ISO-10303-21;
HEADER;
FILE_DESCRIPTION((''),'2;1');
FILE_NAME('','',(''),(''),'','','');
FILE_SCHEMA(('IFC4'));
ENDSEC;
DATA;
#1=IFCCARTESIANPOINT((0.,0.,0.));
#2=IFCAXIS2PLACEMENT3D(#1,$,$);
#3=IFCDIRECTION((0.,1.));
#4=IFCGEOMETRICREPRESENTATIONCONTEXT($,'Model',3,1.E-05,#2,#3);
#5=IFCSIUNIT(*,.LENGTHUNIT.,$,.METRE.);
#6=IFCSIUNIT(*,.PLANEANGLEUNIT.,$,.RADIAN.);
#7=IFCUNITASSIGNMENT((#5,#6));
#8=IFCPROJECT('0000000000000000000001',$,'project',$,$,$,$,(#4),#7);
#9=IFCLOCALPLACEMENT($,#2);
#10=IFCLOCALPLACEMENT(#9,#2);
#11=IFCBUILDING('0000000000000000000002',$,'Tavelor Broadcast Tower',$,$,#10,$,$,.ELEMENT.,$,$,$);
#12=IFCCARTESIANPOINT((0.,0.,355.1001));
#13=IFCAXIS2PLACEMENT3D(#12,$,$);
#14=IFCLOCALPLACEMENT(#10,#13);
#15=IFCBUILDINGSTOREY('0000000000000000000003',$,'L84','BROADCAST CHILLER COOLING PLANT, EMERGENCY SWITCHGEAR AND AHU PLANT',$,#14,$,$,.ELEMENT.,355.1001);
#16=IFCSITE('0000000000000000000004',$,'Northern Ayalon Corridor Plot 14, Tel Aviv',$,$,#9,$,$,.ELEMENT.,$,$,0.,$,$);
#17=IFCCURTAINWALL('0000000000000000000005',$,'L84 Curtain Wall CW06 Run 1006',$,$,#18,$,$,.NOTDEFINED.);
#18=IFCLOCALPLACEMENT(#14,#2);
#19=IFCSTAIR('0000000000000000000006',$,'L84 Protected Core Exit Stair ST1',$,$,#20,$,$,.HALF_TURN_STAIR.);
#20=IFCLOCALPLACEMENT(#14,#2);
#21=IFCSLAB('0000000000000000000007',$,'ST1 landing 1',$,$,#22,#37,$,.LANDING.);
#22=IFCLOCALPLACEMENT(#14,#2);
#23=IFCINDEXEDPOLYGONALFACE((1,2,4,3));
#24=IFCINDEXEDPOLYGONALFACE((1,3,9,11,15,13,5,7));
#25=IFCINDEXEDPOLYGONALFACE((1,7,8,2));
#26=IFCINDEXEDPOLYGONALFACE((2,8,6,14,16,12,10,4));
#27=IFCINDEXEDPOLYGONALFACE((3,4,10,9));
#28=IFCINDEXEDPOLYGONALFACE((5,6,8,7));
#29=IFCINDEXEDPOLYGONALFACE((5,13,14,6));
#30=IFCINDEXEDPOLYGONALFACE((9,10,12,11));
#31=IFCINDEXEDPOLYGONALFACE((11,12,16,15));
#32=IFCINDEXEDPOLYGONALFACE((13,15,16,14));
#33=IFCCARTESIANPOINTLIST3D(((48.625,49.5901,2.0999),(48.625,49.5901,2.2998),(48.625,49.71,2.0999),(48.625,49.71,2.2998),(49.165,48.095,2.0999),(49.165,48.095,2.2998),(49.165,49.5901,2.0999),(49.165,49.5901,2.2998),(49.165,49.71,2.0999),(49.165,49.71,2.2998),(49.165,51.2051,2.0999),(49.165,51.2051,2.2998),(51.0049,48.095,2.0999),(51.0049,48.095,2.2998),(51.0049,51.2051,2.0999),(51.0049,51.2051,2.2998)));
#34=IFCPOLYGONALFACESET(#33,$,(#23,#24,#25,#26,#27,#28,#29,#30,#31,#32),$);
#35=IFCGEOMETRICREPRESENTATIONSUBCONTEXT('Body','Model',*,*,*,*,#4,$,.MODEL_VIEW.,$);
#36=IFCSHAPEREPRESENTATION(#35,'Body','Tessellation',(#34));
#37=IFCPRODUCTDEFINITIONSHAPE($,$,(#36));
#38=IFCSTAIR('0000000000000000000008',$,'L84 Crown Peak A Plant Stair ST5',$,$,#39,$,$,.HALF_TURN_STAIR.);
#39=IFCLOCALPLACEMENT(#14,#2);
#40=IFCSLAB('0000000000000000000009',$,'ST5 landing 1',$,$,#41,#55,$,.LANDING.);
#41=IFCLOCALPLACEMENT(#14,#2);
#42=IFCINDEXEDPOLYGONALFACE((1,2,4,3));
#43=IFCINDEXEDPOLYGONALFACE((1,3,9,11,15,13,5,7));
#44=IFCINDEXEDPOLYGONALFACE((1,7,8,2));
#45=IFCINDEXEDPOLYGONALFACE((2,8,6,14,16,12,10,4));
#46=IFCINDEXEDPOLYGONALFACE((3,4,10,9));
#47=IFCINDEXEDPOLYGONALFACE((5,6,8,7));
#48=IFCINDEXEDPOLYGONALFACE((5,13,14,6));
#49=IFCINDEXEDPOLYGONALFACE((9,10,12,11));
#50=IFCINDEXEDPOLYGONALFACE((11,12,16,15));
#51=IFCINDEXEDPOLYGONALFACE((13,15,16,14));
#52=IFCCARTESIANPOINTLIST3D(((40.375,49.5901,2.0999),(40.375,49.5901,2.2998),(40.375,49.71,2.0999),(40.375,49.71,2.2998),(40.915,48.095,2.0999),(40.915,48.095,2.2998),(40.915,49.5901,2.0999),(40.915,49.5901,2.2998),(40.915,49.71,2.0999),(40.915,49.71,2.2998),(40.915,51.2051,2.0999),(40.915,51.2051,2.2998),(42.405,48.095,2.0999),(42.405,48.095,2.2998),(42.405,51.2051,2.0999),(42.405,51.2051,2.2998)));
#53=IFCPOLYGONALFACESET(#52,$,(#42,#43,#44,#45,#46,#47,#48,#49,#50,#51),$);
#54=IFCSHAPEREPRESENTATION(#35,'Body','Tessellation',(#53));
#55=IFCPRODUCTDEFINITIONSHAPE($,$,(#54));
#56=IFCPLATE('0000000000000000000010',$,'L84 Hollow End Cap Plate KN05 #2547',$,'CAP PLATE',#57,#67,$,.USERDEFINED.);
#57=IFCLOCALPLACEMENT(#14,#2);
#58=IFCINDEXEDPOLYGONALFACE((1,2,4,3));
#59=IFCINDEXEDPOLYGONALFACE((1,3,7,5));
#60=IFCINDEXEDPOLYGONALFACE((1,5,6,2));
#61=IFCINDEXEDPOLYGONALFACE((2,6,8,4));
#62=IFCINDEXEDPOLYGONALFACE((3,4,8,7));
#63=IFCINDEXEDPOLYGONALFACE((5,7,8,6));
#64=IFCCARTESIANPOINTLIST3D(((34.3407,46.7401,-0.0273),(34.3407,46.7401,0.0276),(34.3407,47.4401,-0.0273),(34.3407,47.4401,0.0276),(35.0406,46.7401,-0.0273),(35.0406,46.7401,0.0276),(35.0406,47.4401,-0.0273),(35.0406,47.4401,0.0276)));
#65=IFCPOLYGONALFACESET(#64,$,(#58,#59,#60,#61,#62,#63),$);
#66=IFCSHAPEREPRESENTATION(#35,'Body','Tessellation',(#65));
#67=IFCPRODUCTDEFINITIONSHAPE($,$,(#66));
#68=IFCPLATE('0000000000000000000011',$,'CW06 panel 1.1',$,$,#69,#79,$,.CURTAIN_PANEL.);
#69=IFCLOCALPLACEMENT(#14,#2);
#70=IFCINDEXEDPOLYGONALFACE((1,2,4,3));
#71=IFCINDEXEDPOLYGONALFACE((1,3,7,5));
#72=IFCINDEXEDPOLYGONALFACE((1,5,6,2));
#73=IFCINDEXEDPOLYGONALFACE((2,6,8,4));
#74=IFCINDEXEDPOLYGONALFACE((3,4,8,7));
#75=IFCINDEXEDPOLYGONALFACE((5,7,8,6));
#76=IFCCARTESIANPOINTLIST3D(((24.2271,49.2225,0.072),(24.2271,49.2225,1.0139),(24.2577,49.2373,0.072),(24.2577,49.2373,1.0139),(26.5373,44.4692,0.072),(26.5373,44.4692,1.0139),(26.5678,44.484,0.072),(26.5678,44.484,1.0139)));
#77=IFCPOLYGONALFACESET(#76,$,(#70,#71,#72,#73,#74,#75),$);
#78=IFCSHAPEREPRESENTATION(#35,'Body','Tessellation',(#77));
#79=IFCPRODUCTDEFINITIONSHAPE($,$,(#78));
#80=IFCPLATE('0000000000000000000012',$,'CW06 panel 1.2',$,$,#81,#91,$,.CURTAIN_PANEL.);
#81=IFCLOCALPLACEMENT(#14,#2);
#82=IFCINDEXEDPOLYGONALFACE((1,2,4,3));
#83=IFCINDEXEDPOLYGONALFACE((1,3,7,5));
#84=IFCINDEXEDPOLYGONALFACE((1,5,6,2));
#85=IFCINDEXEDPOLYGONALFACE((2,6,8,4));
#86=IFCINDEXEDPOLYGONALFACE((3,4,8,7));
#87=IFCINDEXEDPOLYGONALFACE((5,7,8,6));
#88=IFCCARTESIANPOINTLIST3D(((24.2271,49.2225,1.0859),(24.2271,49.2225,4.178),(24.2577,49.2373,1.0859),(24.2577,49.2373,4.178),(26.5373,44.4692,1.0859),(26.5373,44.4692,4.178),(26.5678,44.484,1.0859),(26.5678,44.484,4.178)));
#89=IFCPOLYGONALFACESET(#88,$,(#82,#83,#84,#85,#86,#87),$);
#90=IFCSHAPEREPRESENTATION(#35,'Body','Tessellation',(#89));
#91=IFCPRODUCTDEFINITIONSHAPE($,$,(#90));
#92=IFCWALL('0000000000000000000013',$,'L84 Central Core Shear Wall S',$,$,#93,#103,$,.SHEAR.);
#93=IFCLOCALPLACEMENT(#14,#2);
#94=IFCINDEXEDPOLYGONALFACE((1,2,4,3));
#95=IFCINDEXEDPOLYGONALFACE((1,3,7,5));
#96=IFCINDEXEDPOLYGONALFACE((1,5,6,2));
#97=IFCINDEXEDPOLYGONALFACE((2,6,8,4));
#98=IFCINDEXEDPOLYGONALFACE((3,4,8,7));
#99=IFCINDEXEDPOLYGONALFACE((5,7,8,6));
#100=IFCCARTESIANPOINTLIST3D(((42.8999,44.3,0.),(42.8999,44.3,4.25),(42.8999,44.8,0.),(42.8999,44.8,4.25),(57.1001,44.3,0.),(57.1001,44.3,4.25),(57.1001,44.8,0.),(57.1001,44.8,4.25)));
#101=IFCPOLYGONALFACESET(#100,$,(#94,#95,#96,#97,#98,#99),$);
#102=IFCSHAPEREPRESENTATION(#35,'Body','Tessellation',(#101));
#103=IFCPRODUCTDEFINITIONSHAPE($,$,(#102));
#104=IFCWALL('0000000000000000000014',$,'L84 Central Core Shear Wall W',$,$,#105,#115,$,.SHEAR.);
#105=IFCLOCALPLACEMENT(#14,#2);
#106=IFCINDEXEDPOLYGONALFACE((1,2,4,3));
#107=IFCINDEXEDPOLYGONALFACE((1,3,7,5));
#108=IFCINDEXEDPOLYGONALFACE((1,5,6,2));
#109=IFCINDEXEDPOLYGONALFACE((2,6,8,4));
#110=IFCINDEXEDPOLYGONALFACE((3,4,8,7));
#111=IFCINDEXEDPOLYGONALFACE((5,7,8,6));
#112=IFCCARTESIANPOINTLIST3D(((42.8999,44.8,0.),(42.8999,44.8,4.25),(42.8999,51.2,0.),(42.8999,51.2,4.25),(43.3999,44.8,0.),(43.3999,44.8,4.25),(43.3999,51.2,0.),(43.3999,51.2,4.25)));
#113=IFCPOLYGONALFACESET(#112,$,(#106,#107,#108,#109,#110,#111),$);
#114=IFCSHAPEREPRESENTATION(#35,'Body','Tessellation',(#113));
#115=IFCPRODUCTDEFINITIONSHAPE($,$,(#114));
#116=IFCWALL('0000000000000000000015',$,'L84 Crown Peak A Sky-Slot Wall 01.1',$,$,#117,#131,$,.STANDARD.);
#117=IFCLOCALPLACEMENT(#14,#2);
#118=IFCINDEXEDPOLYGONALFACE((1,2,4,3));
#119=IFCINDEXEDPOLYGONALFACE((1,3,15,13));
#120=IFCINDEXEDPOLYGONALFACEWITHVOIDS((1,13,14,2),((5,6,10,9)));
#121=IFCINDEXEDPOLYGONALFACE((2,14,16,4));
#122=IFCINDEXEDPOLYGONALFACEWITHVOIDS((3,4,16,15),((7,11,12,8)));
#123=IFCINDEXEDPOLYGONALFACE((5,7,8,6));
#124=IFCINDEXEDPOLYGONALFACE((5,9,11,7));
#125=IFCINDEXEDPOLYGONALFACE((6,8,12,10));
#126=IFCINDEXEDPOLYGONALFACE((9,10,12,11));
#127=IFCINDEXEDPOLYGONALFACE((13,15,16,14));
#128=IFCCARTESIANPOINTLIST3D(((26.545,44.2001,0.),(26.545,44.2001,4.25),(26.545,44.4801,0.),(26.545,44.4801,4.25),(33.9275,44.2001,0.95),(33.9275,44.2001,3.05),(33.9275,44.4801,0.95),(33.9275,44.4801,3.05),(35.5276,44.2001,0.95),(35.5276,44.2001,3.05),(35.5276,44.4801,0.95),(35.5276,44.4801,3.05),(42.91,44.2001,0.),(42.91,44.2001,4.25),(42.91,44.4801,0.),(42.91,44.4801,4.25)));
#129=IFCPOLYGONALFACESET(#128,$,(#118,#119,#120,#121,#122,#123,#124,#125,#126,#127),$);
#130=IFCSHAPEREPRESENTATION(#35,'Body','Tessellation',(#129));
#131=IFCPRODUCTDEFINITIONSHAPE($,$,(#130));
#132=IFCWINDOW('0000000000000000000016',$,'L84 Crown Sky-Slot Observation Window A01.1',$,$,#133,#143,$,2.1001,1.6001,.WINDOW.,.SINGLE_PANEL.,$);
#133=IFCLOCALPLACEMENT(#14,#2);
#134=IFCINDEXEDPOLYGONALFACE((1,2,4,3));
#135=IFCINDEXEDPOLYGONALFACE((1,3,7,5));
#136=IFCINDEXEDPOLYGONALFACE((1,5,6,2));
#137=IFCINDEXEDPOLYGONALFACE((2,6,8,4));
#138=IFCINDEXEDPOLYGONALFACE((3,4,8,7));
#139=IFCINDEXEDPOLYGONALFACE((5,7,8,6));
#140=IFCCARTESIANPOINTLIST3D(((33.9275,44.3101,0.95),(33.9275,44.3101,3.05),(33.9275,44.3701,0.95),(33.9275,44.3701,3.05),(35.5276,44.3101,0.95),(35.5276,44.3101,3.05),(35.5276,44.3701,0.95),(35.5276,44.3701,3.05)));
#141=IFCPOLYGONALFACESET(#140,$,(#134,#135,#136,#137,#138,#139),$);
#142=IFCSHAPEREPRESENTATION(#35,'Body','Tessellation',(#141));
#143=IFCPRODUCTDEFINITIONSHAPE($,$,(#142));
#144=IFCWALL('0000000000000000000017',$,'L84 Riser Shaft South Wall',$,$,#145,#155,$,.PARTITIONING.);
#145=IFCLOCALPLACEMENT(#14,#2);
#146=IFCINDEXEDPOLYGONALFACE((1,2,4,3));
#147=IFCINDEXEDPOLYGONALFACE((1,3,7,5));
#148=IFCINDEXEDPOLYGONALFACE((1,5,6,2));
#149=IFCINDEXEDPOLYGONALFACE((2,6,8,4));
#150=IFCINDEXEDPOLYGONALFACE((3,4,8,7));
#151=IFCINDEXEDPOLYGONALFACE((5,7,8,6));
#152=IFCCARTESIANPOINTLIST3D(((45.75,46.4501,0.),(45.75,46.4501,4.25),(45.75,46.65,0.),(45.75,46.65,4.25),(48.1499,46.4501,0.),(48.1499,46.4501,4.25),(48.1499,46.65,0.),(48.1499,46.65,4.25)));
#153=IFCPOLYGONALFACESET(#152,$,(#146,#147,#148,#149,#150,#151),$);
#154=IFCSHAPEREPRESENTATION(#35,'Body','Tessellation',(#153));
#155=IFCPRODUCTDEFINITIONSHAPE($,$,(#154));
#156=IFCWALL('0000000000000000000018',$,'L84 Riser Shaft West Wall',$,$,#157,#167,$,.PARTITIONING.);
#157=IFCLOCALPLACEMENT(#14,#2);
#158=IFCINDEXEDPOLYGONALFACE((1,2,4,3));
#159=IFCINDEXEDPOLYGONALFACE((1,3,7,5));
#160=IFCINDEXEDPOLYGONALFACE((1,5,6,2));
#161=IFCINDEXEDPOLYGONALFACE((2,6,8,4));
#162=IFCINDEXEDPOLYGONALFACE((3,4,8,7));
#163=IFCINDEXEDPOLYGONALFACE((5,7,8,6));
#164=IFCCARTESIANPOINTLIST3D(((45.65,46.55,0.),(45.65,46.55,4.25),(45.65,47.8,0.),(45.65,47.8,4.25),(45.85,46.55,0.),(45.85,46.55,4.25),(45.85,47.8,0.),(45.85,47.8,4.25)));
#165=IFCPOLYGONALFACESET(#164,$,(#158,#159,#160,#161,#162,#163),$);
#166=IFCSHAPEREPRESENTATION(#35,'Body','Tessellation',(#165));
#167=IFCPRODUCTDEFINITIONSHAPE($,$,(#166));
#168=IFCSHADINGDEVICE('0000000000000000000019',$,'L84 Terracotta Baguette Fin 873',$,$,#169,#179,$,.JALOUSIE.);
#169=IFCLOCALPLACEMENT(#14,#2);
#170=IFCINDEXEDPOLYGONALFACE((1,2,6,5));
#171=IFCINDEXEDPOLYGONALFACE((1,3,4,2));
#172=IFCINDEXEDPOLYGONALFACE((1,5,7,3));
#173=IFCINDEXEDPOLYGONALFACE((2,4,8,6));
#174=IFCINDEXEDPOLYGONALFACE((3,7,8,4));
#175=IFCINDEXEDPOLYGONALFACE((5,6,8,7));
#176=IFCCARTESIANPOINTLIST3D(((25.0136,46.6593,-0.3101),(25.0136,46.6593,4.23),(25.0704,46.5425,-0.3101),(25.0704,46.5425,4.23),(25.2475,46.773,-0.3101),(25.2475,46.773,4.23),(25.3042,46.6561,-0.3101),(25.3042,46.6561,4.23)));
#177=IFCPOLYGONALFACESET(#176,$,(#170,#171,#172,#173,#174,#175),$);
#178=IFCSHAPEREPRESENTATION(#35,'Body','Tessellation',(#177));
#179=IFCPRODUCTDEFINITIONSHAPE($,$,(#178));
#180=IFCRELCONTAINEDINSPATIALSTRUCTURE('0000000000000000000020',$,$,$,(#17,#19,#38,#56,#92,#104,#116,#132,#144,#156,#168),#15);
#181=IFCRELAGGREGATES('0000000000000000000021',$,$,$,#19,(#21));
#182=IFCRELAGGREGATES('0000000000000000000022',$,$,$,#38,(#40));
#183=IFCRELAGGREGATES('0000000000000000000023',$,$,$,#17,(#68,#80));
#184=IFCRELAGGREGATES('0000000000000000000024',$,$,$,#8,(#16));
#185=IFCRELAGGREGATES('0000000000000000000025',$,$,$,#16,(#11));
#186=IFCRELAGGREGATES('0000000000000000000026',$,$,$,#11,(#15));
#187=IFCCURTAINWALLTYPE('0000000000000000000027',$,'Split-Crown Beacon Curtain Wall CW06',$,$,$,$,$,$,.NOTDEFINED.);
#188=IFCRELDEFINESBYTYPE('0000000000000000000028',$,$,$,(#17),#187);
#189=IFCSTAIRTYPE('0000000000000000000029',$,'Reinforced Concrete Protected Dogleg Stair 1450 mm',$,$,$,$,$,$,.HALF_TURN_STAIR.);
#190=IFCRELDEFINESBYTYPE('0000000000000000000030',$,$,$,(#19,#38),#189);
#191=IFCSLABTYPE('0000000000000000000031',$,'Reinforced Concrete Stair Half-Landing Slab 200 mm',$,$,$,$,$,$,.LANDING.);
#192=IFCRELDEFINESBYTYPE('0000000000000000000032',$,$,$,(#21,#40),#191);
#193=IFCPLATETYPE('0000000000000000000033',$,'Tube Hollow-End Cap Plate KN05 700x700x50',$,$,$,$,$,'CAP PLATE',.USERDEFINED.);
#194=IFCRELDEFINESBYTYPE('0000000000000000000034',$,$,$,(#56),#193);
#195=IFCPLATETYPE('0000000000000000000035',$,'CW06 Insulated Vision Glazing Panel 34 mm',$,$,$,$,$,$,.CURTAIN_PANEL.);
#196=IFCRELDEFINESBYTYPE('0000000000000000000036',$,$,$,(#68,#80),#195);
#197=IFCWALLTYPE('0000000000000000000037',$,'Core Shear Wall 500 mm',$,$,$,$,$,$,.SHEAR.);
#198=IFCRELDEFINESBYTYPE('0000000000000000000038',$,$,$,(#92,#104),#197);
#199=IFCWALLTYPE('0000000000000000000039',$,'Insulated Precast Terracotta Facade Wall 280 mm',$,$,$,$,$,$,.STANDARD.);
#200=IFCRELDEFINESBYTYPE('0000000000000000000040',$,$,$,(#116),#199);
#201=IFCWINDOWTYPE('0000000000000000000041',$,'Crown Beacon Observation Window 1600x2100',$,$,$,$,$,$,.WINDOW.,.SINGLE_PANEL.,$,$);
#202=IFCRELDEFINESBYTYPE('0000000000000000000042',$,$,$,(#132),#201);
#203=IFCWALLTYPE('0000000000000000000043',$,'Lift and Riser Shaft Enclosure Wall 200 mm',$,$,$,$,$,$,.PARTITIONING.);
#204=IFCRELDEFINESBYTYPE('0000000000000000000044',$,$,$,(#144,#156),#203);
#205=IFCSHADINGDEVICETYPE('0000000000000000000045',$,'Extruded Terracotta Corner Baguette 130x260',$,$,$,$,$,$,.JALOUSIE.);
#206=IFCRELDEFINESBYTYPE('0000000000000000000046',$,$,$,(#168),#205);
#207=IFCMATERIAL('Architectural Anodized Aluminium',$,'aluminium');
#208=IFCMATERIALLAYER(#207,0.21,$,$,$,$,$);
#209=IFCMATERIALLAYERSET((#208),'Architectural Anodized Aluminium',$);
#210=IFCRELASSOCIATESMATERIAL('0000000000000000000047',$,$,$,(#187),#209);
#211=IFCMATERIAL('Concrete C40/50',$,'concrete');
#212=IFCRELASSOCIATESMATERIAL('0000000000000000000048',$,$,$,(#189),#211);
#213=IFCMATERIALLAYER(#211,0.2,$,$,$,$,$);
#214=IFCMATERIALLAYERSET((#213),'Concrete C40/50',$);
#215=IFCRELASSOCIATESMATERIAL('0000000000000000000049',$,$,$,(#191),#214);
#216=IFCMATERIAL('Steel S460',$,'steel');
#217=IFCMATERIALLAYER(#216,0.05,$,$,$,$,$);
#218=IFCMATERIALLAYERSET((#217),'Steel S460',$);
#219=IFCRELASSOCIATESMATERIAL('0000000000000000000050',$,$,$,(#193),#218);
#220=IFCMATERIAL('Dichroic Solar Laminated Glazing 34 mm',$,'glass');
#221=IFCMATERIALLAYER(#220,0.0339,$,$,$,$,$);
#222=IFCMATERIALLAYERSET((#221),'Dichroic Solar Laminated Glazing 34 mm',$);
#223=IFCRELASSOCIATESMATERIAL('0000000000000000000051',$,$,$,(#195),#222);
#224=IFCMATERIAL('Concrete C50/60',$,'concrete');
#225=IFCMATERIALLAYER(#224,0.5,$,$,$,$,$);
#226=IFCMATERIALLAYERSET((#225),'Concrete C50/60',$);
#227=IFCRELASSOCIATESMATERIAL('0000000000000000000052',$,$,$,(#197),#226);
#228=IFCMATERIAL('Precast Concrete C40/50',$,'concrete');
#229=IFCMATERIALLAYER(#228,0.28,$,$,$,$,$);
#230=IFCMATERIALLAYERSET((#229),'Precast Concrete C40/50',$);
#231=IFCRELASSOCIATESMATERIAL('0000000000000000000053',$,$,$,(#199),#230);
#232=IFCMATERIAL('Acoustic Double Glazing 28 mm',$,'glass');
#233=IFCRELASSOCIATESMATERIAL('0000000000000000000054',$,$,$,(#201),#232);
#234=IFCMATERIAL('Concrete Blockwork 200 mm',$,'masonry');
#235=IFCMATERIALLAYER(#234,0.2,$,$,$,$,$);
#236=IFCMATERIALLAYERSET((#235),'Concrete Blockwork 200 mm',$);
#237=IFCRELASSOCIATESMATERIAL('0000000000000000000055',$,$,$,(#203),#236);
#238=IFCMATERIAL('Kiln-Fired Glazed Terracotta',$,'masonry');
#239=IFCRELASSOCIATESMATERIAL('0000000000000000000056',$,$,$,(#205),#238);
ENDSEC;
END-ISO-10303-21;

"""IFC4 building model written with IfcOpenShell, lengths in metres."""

from ifc_helpers import new_model, si_unit, direction, frame, frame_2d, origin, origin_2d, place, context, subcontext, project, spatial, polyline, rectangle, outline, extrude, source, transform, mapped, material, layer, layer_set, type_object, type_shapes, element, fill, aggregate, save


model = new_model("IFC4")

# Units and contexts
model_context = context("Model", 3, precision=1e-05, world=origin(), true_north=direction((0.0, 1.0)))
body_context = subcontext(model_context, "Body", "Model", "MODEL_VIEW")
ifc_project = project(units=[si_unit("LENGTHUNIT", "METRE"), si_unit("PLANEANGLEUNIT", "RADIAN")], contexts=[model_context])

# Site, building, storey
site_placement = place(None, origin())
site = spatial("IfcSite", under=ifc_project, at=site_placement, Name="Northern Ayalon Corridor Plot 14, Tel Aviv", CompositionType="ELEMENT", RefElevation=0.0)
building_placement = place(site_placement, origin())
building = spatial("IfcBuilding", under=site, at=building_placement, Name="Tavelor Broadcast Tower", CompositionType="ELEMENT")
storey_placement = place(building_placement, frame((0.0, 0.0, 355.1001)))
storey = spatial("IfcBuildingStorey", under=building, at=storey_placement, Name="L84", Description="BROADCAST CHILLER COOLING PLANT, EMERGENCY SWITCHGEAR AND AHU PLANT", CompositionType="ELEMENT", Elevation=355.1001)

# Shared definitions
ifc_material_1 = material(Name="Concrete C50/60", Category="concrete")

# Shared definitions
ifc_material_2 = material(Name="Concrete C40/50", Category="concrete")
ifc_material_3 = material(Name="Steel S460", Category="steel")

# Curtain wall
ifc_material_4 = material(Name="Architectural Anodized Aluminium", Category="aluminium")
ifc_layer_1 = layer(ifc_material_4, 0.21)
ifc_layer_set_1 = layer_set([ifc_layer_1], Name="Architectural Anodized Aluminium")
curtain_wall_type = type_object("IfcCurtainWallType", Name="Split-Crown Beacon Curtain Wall CW06", PredefinedType="NOTDEFINED", material=ifc_layer_set_1)
curtain_wall_placement = place(storey_placement, origin())
curtain_wall = element("IfcCurtainWall", 1, at=curtain_wall_placement, inside=storey, type_object=curtain_wall_type, Name="L84 Curtain Wall CW06 Run 1006", PredefinedType="NOTDEFINED")

# Stairs, slabs
stair_type = type_object("IfcStairType", Name="Reinforced Concrete Protected Dogleg Stair 1450 mm", PredefinedType="HALF_TURN_STAIR", material=ifc_material_2)
stair_1_placement = place(storey_placement, origin())
stair_1 = element("IfcStair", 2, at=stair_1_placement, inside=storey, type_object=stair_type, Name="L84 Protected Core Exit Stair ST1", PredefinedType="HALF_TURN_STAIR")
ifc_layer_2 = layer(ifc_material_2, 0.2)
ifc_layer_set_2 = layer_set([ifc_layer_2], Name="Concrete C40/50")
slab_type_1 = type_object("IfcSlabType", Name="Reinforced Concrete Stair Half-Landing Slab 200 mm", PredefinedType="LANDING", material=ifc_layer_set_2)
slab_1_placement = place(storey_placement, frame((0.0, 0.0, 2.0999)))
slab_1 = element("IfcSlab", 3, at=slab_1_placement, type_object=slab_type_1, Name="ST1 landing 1", PredefinedType="LANDING", context=body_context, shape_type="SweptSolid", body=[
    extrude(outline(polyline([(49.165, 49.5901), (49.165, 48.095), (51.0049, 48.095), (51.0049, 51.2051), (49.165, 51.2051), (49.165, 49.71), (48.625, 49.71), (48.625, 49.5901), (49.165, 49.5901)])), origin(), (0.0, 0.0, 1.0), 0.2),
])
aggregate(stair_1, [slab_1])
stair_2_placement = place(storey_placement, origin())
stair_2 = element("IfcStair", 4, at=stair_2_placement, inside=storey, type_object=stair_type, Name="L84 Crown Peak A Plant Stair ST5", PredefinedType="HALF_TURN_STAIR")
slab_2_placement = place(storey_placement, frame((0.0, 0.0, 2.0999)))
slab_2 = element("IfcSlab", 5, at=slab_2_placement, type_object=slab_type_1, Name="ST5 landing 1", PredefinedType="LANDING", context=body_context, shape_type="SweptSolid", body=[
    extrude(outline(polyline([(40.915, 49.5901), (40.915, 48.095), (42.405, 48.095), (42.405, 51.2051), (40.915, 51.2051), (40.915, 49.71), (40.375, 49.71), (40.375, 49.5901), (40.915, 49.5901)])), origin(), (0.0, 0.0, 1.0), 0.2),
])
aggregate(stair_2, [slab_2])

# Plates
ifc_layer_3 = layer(ifc_material_3, 0.05)
ifc_layer_set_3 = layer_set([ifc_layer_3], Name="Steel S460")
plate_type_1 = type_object("IfcPlateType", Name="Tube Hollow-End Cap Plate KN05 700x700x50", ElementType="CAP PLATE", PredefinedType="USERDEFINED", material=ifc_layer_set_3)
shared_shape_1 = source(origin(), body_context, "Body", "SweptSolid", [
    extrude(rectangle(XDim=0.7, YDim=0.7, at=origin_2d()), origin(), (0.0, 0.0, 1.0), 0.0549),
])
type_shapes(plate_type_1, [shared_shape_1])
plate_1_placement = place(storey_placement, frame((34.6907, 47.0901, -0.0273), z_axis=(0.0, 0.0, 1.0), x_axis=(1.0, 0.0, 0.0)))
element("IfcPlate", 6, at=plate_1_placement, inside=storey, type_object=plate_type_1, Name="L84 Hollow End Cap Plate KN05 #2547", ObjectType="CAP PLATE", PredefinedType="USERDEFINED", context=body_context, shape_type="MappedRepresentation", body=[
    mapped(shared_shape_1, transform((0.0, 0.0, 0.0), scale=1.0)),
])
ifc_material_5 = material(Name="Dichroic Solar Laminated Glazing 34 mm", Category="glass")
ifc_layer_4 = layer(ifc_material_5, 0.0339)
ifc_layer_set_4 = layer_set([ifc_layer_4], Name="Dichroic Solar Laminated Glazing 34 mm")
plate_type_2 = type_object("IfcPlateType", Name="CW06 Insulated Vision Glazing Panel 34 mm", PredefinedType="CURTAIN_PANEL", material=ifc_layer_set_4)
shared_shape_2 = source(origin(), body_context, "Body", "SweptSolid", [
    extrude(rectangle(XDim=5.2849, YDim=0.0339, at=origin_2d()), origin(), (0.0, 0.0, 1.0), 0.9419),
])
plate_2_placement = place(storey_placement, frame((25.3975, 46.8533, 0.072), z_axis=(0.0, 0.0, 1.0), x_axis=(0.437113, -0.899407, 0.0)))
plate_2 = element("IfcPlate", 7, at=plate_2_placement, type_object=plate_type_2, Name="CW06 panel 1.1", PredefinedType="CURTAIN_PANEL", context=body_context, shape_type="MappedRepresentation", body=[
    mapped(shared_shape_2, transform((0.0, 0.0, 0.0), scale=1.0)),
])
shared_shape_3 = source(origin(), body_context, "Body", "SweptSolid", [
    extrude(rectangle(XDim=5.2849, YDim=0.0339, at=origin_2d()), origin(), (0.0, 0.0, 1.0), 3.092),
])
type_shapes(plate_type_2, [shared_shape_2, shared_shape_3])
plate_3_placement = place(storey_placement, frame((25.3975, 46.8533, 1.0859), z_axis=(0.0, 0.0, 1.0), x_axis=(0.437113, -0.899407, 0.0)))
plate_3 = element("IfcPlate", 8, at=plate_3_placement, type_object=plate_type_2, Name="CW06 panel 1.2", PredefinedType="CURTAIN_PANEL", context=body_context, shape_type="MappedRepresentation", body=[
    mapped(shared_shape_3, transform((0.0, 0.0, 0.0), scale=1.0)),
])
aggregate(curtain_wall, [plate_2, plate_3])

# Walls
ifc_layer_5 = layer(ifc_material_1, 0.5)
ifc_layer_set_5 = layer_set([ifc_layer_5], Name="Concrete C50/60")
wall_type_1 = type_object("IfcWallType", Name="Core Shear Wall 500 mm", PredefinedType="SHEAR", material=ifc_layer_set_5)
wall_1_placement = place(storey_placement, frame((42.8999, 44.55, 0.0), z_axis=(0.0, 0.0, 1.0), x_axis=(1.0, 0.0, 0.0)))
element("IfcWall", 9, at=wall_1_placement, inside=storey, type_object=wall_type_1, Name="L84 Central Core Shear Wall S", PredefinedType="SHEAR", context=body_context, shape_type="SweptSolid", body=[
    extrude(rectangle(XDim=14.2002, YDim=0.5, at=frame_2d((7.1001, 0.0))), origin(), (0.0, 0.0, 1.0), 4.25),
])
wall_2_placement = place(storey_placement, frame((43.1499, 44.8, 0.0), z_axis=(0.0, 0.0, 1.0), x_axis=(0.0, 1.0, 0.0)))
element("IfcWall", 10, at=wall_2_placement, inside=storey, type_object=wall_type_1, Name="L84 Central Core Shear Wall W", PredefinedType="SHEAR", context=body_context, shape_type="SweptSolid", body=[
    extrude(rectangle(XDim=6.3999, YDim=0.5, at=frame_2d((3.2, 0.0))), origin(), (0.0, 0.0, 1.0), 4.25),
])

# Wall, opening, window
ifc_material_6 = material(Name="Precast Concrete C40/50", Category="concrete")
ifc_layer_6 = layer(ifc_material_6, 0.28)
ifc_layer_set_6 = layer_set([ifc_layer_6], Name="Precast Concrete C40/50")
wall_type_2 = type_object("IfcWallType", Name="Insulated Precast Terracotta Facade Wall 280 mm", PredefinedType="STANDARD", material=ifc_layer_set_6)
wall_3_placement = place(storey_placement, frame((26.5449, 44.3401, 0.0), z_axis=(0.0, 0.0, 1.0), x_axis=(1.0, 0.0, 0.0)))
wall_3 = element("IfcWall", 11, at=wall_3_placement, inside=storey, type_object=wall_type_2, Name="L84 Crown Peak A Sky-Slot Wall 01.1", PredefinedType="STANDARD", context=body_context, shape_type="SweptSolid", body=[
    extrude(rectangle(XDim=16.365, YDim=0.28, at=frame_2d((8.1826, 0.0))), origin(), (0.0, 0.0, 1.0), 4.25),
])
opening_placement = place(wall_3_placement, frame((7.3826, 0.0, 0.95)))
opening = element("IfcOpeningElement", 12, at=opening_placement, cuts=wall_3, PredefinedType="OPENING", context=body_context, shape_type="SweptSolid", body=[
    extrude(rectangle(XDim=1.6001, YDim=2.1001, at=frame_2d((0.8, 1.05))), frame((0.0, 0.1499, 0.0), z_axis=(0.0, -1.0, 0.0), x_axis=(1.0, 0.0, 0.0)), (0.0, 0.0, 1.0), 0.3),
])
ifc_material_7 = material(Name="Acoustic Double Glazing 28 mm", Category="glass")
window_type = type_object("IfcWindowType", Name="Crown Beacon Observation Window 1600x2100", PartitioningType="SINGLE_PANEL", PredefinedType="WINDOW", material=ifc_material_7)
window_placement = place(opening_placement, origin())
window = element("IfcWindow", 13, at=window_placement, inside=storey, type_object=window_type, Name="L84 Crown Sky-Slot Observation Window A01.1", OverallHeight=2.1001, OverallWidth=1.6001, PartitioningType="SINGLE_PANEL", PredefinedType="WINDOW", context=body_context, shape_type="SweptSolid", body=[
    extrude(rectangle(XDim=1.6001, YDim=2.1001, at=frame_2d((0.8, 1.05))), frame((0.0, 0.03, 0.0), z_axis=(0.0, -1.0, 0.0), x_axis=(1.0, 0.0, 0.0)), (0.0, 0.0, 1.0), 0.0601),
])
fill(opening, window)

# Walls
ifc_material_8 = material(Name="Concrete Blockwork 200 mm", Category="masonry")
ifc_layer_7 = layer(ifc_material_8, 0.2)
ifc_layer_set_7 = layer_set([ifc_layer_7], Name="Concrete Blockwork 200 mm")
wall_type_3 = type_object("IfcWallType", Name="Lift and Riser Shaft Enclosure Wall 200 mm", PredefinedType="PARTITIONING", material=ifc_layer_set_7)
wall_4_placement = place(storey_placement, frame((45.75, 46.55, 0.0), z_axis=(0.0, 0.0, 1.0), x_axis=(1.0, 0.0, 0.0)))
element("IfcWall", 14, at=wall_4_placement, inside=storey, type_object=wall_type_3, Name="L84 Riser Shaft South Wall", PredefinedType="PARTITIONING", context=body_context, shape_type="SweptSolid", body=[
    extrude(rectangle(XDim=2.3999, YDim=0.2, at=frame_2d((1.2, 0.0))), origin(), (0.0, 0.0, 1.0), 4.25),
])
wall_5_placement = place(storey_placement, frame((45.75, 46.55, 0.0), z_axis=(0.0, 0.0, 1.0), x_axis=(0.0, 1.0, 0.0)))
element("IfcWall", 15, at=wall_5_placement, inside=storey, type_object=wall_type_3, Name="L84 Riser Shaft West Wall", PredefinedType="PARTITIONING", context=body_context, shape_type="SweptSolid", body=[
    extrude(rectangle(XDim=1.25, YDim=0.2, at=frame_2d((0.625, 0.0))), origin(), (0.0, 0.0, 1.0), 4.25),
])

# Shading device
ifc_material_9 = material(Name="Kiln-Fired Glazed Terracotta", Category="masonry")
shading_device_type = type_object("IfcShadingDeviceType", Name="Extruded Terracotta Corner Baguette 130x260", PredefinedType="JALOUSIE", material=ifc_material_9)
shared_shape_4 = source(origin(), body_context, "Body", "SweptSolid", [
    extrude(rectangle(XDim=0.1299, YDim=0.26, at=origin_2d()), origin(), (0.0, 0.0, 1.0), 4.54),
])
type_shapes(shading_device_type, [shared_shape_4])
shading_device_placement = place(storey_placement, frame((25.1589, 46.6577, -0.3101), z_axis=(0.0, 0.0, 1.0), x_axis=(0.437116, -0.899405, 0.0)))
element("IfcShadingDevice", 16, at=shading_device_placement, inside=storey, type_object=shading_device_type, Name="L84 Terracotta Baguette Fin 873", PredefinedType="JALOUSIE", context=body_context, shape_type="MappedRepresentation", body=[
    mapped(shared_shape_4, transform((0.0, 0.0, 0.0), scale=1.0)),
])

save(model, "model.ifc")
